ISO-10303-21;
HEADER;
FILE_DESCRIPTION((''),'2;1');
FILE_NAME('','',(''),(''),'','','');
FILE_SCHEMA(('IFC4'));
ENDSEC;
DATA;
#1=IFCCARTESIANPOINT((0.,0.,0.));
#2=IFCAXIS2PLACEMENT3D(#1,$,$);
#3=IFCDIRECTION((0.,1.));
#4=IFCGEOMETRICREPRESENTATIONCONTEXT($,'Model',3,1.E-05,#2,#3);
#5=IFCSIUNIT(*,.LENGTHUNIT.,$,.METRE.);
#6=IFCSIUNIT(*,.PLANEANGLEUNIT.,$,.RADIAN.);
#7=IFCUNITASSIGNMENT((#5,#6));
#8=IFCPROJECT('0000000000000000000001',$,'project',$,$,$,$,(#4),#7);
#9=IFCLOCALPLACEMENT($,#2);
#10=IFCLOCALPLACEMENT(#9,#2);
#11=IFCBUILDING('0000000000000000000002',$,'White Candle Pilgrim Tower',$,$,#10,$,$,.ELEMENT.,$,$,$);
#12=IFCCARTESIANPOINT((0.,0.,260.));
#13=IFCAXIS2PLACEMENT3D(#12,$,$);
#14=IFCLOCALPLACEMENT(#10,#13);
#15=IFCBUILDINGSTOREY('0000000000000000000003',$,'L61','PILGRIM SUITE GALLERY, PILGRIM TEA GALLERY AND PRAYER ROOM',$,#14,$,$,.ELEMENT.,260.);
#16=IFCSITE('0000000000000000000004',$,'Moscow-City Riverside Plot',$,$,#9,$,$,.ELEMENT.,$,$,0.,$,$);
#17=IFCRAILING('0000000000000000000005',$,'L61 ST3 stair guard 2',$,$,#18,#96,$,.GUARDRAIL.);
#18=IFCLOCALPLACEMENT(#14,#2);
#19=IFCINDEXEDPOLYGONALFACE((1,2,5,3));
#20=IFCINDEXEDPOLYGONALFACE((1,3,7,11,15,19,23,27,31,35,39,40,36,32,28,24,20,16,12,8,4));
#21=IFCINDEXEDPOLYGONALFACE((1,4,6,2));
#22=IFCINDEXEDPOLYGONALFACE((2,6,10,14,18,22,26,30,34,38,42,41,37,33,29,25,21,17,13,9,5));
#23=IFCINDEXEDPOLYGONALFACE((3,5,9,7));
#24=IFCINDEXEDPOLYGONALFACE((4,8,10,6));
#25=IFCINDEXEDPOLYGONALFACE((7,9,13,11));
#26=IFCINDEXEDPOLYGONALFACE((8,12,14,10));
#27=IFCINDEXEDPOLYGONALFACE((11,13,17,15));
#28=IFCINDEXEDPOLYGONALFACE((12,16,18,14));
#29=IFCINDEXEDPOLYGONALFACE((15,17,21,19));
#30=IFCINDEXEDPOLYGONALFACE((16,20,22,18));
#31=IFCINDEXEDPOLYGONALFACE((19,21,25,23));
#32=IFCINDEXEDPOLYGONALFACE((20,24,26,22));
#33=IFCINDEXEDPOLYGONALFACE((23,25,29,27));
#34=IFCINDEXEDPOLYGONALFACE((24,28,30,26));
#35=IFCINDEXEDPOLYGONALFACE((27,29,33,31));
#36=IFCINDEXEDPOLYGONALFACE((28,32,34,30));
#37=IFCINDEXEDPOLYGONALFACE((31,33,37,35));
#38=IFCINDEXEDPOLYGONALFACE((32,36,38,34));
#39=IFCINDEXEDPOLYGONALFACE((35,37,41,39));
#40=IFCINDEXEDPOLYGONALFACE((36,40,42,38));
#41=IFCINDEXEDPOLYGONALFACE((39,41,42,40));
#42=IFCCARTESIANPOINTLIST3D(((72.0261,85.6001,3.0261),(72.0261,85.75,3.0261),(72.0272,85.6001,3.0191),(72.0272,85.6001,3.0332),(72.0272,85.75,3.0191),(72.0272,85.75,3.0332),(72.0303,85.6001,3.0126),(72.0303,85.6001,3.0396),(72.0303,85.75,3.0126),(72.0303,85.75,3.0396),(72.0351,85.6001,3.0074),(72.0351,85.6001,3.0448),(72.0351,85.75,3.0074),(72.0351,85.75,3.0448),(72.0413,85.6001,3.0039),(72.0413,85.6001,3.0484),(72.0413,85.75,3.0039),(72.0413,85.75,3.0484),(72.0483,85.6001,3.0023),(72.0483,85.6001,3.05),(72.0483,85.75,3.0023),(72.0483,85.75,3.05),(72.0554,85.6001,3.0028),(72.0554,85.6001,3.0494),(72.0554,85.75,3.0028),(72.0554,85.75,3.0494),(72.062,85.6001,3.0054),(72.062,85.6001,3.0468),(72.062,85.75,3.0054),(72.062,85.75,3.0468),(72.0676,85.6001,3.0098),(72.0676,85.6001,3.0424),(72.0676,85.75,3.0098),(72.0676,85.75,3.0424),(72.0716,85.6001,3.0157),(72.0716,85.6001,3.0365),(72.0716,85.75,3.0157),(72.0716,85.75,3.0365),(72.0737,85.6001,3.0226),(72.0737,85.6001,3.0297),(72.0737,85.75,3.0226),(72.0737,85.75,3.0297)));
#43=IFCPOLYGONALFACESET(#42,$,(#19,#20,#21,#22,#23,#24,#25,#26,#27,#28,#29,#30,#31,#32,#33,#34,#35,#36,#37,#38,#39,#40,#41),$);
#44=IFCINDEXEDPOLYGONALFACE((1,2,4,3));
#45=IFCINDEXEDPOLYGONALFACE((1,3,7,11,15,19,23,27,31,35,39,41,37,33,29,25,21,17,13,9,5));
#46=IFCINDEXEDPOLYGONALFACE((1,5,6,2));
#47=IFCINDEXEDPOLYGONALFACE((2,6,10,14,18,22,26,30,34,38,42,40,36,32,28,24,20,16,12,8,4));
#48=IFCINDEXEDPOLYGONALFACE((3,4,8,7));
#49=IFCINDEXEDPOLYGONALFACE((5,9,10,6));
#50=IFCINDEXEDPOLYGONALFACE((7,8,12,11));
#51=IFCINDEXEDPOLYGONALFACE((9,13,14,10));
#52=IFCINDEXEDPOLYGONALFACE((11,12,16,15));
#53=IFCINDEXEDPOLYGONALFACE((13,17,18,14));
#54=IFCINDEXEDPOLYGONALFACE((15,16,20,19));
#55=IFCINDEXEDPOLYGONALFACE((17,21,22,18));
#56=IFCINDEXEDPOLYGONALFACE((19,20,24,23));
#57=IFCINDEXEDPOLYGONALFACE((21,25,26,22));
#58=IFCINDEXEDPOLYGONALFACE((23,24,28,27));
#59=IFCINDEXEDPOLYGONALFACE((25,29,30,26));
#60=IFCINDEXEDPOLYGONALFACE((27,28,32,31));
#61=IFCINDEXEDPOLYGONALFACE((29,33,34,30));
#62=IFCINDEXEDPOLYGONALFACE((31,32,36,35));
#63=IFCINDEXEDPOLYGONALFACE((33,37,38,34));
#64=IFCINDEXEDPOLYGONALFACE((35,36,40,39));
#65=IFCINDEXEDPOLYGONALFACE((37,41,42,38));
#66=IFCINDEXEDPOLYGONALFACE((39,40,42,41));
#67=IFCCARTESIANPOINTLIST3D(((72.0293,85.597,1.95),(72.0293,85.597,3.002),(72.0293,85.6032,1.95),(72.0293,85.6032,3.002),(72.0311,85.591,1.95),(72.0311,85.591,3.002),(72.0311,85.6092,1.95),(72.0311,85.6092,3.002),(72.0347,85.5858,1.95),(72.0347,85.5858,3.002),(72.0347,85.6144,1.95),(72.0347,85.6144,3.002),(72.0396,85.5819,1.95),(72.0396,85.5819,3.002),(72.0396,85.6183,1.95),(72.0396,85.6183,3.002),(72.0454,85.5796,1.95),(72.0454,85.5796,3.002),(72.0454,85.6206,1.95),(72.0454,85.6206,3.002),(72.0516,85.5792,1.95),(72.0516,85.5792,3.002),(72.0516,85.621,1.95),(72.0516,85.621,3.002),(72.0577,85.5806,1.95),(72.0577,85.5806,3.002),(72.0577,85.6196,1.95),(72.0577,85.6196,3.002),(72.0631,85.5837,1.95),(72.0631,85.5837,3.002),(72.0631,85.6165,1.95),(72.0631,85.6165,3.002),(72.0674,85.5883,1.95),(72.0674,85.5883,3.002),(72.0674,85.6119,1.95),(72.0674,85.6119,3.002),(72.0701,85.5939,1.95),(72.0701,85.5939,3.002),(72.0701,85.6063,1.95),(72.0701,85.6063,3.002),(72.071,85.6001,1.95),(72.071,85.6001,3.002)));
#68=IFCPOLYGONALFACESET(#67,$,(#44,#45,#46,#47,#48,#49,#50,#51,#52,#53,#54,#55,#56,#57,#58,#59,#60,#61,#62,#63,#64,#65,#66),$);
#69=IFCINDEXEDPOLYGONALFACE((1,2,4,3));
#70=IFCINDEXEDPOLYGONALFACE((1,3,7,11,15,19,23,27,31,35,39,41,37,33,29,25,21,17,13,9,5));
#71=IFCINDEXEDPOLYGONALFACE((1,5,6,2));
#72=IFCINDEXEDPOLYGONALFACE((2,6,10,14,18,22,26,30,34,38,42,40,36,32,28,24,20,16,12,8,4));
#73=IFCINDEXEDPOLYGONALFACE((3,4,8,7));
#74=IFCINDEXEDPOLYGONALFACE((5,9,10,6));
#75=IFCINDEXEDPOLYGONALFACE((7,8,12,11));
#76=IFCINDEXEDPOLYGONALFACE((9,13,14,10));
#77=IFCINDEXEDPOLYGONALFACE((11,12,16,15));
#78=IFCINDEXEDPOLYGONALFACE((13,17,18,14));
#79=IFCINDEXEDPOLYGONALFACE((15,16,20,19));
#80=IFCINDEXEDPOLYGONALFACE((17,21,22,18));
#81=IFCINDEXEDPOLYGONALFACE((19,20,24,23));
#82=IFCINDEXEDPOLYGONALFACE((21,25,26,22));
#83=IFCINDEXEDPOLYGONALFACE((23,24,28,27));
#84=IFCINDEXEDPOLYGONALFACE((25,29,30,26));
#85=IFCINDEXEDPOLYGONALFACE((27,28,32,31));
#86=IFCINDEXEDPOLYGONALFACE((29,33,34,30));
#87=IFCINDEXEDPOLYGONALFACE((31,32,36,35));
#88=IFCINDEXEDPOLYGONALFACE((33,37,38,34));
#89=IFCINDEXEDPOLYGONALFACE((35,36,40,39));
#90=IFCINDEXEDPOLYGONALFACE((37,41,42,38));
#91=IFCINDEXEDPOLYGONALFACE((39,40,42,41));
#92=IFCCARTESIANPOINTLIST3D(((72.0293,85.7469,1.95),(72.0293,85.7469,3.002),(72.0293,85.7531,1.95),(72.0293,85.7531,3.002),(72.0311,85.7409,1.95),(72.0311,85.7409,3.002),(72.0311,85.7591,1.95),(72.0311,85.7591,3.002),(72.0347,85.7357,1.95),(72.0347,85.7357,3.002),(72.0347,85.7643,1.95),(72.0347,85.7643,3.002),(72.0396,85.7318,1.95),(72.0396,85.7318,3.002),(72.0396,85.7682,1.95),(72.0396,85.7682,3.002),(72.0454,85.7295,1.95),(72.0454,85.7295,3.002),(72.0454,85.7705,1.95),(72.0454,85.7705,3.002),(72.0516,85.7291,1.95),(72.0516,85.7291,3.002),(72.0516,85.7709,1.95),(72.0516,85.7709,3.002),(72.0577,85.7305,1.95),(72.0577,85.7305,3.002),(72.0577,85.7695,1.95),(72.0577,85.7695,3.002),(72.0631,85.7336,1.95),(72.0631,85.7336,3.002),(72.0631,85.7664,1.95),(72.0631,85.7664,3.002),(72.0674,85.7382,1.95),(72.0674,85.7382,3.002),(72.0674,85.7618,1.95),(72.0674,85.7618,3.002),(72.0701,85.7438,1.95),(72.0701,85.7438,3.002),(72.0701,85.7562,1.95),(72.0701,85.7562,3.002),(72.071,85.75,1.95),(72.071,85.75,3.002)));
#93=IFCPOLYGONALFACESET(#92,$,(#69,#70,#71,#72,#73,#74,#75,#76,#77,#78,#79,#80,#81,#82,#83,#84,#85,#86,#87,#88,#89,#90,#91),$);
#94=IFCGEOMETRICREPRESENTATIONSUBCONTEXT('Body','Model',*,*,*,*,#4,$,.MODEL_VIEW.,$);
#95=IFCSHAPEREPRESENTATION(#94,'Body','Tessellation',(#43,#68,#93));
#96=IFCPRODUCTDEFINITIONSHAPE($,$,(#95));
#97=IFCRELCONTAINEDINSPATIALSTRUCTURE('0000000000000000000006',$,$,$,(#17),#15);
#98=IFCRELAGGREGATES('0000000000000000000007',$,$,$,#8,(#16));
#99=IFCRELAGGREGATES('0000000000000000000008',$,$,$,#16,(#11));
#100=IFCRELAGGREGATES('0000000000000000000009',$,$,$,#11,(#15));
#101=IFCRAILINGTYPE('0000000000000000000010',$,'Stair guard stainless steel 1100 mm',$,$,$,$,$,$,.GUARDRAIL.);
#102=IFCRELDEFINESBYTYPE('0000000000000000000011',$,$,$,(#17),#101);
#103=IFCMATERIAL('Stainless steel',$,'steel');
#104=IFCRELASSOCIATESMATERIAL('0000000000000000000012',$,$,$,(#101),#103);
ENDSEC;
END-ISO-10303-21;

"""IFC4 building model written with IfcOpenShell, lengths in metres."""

from ifc_helpers import new_model, si_unit, direction, frame, origin, origin_2d, place, context, subcontext, project, spatial, circle, extrude, material, type_object, element, save


model = new_model("IFC4")

# Units and contexts
model_context = context("Model", 3, precision=1e-05, world=origin(), true_north=direction((0.0, 1.0)))
body_context = subcontext(model_context, "Body", "Model", "MODEL_VIEW")
ifc_project = project(units=[si_unit("LENGTHUNIT", "METRE"), si_unit("PLANEANGLEUNIT", "RADIAN")], contexts=[model_context])

# Site, building, storey
site_placement = place(None, origin())
site = spatial("IfcSite", under=ifc_project, at=site_placement, Name="Moscow-City Riverside Plot", CompositionType="ELEMENT", RefElevation=0.0)
building_placement = place(site_placement, origin())
building = spatial("IfcBuilding", under=site, at=building_placement, Name="White Candle Pilgrim Tower", CompositionType="ELEMENT")
storey_placement = place(building_placement, frame((0.0, 0.0, 260.0)))
storey = spatial("IfcBuildingStorey", under=building, at=storey_placement, Name="L61", Description="PILGRIM SUITE GALLERY, PILGRIM TEA GALLERY AND PRAYER ROOM", CompositionType="ELEMENT", Elevation=260.0)

# Railing
ifc_material_1 = material(Name="Stainless steel", Category="steel")
railing_type_1 = type_object("IfcRailingType", Name="Stair guard stainless steel 1100 mm", PredefinedType="GUARDRAIL", material=ifc_material_1)
railing_1_placement = place(storey_placement, frame((72.05, 85.6001, 1.95)))
element("IfcRailing", 1, at=railing_1_placement, inside=storey, type_object=railing_type_1, Name="L61 ST3 stair guard 2", PredefinedType="GUARDRAIL", context=body_context, shape_type="SweptSolid", body=[
    extrude(circle(Radius=0.0239, at=origin_2d()), frame((0.0, 0.0, 1.0762), z_axis=(0.0, 1.0, 0.0), x_axis=(-1.0, 0.0, 0.0)), (0.0, 0.0, 1.0), 0.1499),
    extrude(circle(Radius=0.021, at=origin_2d()), origin(), (0.0, 0.0, 1.0), 1.052),
    extrude(circle(Radius=0.021, at=origin_2d()), frame((0.0, 0.1499, 0.0)), (0.0, 0.0, 1.0), 1.052),
])

save(model, "model.ifc")
